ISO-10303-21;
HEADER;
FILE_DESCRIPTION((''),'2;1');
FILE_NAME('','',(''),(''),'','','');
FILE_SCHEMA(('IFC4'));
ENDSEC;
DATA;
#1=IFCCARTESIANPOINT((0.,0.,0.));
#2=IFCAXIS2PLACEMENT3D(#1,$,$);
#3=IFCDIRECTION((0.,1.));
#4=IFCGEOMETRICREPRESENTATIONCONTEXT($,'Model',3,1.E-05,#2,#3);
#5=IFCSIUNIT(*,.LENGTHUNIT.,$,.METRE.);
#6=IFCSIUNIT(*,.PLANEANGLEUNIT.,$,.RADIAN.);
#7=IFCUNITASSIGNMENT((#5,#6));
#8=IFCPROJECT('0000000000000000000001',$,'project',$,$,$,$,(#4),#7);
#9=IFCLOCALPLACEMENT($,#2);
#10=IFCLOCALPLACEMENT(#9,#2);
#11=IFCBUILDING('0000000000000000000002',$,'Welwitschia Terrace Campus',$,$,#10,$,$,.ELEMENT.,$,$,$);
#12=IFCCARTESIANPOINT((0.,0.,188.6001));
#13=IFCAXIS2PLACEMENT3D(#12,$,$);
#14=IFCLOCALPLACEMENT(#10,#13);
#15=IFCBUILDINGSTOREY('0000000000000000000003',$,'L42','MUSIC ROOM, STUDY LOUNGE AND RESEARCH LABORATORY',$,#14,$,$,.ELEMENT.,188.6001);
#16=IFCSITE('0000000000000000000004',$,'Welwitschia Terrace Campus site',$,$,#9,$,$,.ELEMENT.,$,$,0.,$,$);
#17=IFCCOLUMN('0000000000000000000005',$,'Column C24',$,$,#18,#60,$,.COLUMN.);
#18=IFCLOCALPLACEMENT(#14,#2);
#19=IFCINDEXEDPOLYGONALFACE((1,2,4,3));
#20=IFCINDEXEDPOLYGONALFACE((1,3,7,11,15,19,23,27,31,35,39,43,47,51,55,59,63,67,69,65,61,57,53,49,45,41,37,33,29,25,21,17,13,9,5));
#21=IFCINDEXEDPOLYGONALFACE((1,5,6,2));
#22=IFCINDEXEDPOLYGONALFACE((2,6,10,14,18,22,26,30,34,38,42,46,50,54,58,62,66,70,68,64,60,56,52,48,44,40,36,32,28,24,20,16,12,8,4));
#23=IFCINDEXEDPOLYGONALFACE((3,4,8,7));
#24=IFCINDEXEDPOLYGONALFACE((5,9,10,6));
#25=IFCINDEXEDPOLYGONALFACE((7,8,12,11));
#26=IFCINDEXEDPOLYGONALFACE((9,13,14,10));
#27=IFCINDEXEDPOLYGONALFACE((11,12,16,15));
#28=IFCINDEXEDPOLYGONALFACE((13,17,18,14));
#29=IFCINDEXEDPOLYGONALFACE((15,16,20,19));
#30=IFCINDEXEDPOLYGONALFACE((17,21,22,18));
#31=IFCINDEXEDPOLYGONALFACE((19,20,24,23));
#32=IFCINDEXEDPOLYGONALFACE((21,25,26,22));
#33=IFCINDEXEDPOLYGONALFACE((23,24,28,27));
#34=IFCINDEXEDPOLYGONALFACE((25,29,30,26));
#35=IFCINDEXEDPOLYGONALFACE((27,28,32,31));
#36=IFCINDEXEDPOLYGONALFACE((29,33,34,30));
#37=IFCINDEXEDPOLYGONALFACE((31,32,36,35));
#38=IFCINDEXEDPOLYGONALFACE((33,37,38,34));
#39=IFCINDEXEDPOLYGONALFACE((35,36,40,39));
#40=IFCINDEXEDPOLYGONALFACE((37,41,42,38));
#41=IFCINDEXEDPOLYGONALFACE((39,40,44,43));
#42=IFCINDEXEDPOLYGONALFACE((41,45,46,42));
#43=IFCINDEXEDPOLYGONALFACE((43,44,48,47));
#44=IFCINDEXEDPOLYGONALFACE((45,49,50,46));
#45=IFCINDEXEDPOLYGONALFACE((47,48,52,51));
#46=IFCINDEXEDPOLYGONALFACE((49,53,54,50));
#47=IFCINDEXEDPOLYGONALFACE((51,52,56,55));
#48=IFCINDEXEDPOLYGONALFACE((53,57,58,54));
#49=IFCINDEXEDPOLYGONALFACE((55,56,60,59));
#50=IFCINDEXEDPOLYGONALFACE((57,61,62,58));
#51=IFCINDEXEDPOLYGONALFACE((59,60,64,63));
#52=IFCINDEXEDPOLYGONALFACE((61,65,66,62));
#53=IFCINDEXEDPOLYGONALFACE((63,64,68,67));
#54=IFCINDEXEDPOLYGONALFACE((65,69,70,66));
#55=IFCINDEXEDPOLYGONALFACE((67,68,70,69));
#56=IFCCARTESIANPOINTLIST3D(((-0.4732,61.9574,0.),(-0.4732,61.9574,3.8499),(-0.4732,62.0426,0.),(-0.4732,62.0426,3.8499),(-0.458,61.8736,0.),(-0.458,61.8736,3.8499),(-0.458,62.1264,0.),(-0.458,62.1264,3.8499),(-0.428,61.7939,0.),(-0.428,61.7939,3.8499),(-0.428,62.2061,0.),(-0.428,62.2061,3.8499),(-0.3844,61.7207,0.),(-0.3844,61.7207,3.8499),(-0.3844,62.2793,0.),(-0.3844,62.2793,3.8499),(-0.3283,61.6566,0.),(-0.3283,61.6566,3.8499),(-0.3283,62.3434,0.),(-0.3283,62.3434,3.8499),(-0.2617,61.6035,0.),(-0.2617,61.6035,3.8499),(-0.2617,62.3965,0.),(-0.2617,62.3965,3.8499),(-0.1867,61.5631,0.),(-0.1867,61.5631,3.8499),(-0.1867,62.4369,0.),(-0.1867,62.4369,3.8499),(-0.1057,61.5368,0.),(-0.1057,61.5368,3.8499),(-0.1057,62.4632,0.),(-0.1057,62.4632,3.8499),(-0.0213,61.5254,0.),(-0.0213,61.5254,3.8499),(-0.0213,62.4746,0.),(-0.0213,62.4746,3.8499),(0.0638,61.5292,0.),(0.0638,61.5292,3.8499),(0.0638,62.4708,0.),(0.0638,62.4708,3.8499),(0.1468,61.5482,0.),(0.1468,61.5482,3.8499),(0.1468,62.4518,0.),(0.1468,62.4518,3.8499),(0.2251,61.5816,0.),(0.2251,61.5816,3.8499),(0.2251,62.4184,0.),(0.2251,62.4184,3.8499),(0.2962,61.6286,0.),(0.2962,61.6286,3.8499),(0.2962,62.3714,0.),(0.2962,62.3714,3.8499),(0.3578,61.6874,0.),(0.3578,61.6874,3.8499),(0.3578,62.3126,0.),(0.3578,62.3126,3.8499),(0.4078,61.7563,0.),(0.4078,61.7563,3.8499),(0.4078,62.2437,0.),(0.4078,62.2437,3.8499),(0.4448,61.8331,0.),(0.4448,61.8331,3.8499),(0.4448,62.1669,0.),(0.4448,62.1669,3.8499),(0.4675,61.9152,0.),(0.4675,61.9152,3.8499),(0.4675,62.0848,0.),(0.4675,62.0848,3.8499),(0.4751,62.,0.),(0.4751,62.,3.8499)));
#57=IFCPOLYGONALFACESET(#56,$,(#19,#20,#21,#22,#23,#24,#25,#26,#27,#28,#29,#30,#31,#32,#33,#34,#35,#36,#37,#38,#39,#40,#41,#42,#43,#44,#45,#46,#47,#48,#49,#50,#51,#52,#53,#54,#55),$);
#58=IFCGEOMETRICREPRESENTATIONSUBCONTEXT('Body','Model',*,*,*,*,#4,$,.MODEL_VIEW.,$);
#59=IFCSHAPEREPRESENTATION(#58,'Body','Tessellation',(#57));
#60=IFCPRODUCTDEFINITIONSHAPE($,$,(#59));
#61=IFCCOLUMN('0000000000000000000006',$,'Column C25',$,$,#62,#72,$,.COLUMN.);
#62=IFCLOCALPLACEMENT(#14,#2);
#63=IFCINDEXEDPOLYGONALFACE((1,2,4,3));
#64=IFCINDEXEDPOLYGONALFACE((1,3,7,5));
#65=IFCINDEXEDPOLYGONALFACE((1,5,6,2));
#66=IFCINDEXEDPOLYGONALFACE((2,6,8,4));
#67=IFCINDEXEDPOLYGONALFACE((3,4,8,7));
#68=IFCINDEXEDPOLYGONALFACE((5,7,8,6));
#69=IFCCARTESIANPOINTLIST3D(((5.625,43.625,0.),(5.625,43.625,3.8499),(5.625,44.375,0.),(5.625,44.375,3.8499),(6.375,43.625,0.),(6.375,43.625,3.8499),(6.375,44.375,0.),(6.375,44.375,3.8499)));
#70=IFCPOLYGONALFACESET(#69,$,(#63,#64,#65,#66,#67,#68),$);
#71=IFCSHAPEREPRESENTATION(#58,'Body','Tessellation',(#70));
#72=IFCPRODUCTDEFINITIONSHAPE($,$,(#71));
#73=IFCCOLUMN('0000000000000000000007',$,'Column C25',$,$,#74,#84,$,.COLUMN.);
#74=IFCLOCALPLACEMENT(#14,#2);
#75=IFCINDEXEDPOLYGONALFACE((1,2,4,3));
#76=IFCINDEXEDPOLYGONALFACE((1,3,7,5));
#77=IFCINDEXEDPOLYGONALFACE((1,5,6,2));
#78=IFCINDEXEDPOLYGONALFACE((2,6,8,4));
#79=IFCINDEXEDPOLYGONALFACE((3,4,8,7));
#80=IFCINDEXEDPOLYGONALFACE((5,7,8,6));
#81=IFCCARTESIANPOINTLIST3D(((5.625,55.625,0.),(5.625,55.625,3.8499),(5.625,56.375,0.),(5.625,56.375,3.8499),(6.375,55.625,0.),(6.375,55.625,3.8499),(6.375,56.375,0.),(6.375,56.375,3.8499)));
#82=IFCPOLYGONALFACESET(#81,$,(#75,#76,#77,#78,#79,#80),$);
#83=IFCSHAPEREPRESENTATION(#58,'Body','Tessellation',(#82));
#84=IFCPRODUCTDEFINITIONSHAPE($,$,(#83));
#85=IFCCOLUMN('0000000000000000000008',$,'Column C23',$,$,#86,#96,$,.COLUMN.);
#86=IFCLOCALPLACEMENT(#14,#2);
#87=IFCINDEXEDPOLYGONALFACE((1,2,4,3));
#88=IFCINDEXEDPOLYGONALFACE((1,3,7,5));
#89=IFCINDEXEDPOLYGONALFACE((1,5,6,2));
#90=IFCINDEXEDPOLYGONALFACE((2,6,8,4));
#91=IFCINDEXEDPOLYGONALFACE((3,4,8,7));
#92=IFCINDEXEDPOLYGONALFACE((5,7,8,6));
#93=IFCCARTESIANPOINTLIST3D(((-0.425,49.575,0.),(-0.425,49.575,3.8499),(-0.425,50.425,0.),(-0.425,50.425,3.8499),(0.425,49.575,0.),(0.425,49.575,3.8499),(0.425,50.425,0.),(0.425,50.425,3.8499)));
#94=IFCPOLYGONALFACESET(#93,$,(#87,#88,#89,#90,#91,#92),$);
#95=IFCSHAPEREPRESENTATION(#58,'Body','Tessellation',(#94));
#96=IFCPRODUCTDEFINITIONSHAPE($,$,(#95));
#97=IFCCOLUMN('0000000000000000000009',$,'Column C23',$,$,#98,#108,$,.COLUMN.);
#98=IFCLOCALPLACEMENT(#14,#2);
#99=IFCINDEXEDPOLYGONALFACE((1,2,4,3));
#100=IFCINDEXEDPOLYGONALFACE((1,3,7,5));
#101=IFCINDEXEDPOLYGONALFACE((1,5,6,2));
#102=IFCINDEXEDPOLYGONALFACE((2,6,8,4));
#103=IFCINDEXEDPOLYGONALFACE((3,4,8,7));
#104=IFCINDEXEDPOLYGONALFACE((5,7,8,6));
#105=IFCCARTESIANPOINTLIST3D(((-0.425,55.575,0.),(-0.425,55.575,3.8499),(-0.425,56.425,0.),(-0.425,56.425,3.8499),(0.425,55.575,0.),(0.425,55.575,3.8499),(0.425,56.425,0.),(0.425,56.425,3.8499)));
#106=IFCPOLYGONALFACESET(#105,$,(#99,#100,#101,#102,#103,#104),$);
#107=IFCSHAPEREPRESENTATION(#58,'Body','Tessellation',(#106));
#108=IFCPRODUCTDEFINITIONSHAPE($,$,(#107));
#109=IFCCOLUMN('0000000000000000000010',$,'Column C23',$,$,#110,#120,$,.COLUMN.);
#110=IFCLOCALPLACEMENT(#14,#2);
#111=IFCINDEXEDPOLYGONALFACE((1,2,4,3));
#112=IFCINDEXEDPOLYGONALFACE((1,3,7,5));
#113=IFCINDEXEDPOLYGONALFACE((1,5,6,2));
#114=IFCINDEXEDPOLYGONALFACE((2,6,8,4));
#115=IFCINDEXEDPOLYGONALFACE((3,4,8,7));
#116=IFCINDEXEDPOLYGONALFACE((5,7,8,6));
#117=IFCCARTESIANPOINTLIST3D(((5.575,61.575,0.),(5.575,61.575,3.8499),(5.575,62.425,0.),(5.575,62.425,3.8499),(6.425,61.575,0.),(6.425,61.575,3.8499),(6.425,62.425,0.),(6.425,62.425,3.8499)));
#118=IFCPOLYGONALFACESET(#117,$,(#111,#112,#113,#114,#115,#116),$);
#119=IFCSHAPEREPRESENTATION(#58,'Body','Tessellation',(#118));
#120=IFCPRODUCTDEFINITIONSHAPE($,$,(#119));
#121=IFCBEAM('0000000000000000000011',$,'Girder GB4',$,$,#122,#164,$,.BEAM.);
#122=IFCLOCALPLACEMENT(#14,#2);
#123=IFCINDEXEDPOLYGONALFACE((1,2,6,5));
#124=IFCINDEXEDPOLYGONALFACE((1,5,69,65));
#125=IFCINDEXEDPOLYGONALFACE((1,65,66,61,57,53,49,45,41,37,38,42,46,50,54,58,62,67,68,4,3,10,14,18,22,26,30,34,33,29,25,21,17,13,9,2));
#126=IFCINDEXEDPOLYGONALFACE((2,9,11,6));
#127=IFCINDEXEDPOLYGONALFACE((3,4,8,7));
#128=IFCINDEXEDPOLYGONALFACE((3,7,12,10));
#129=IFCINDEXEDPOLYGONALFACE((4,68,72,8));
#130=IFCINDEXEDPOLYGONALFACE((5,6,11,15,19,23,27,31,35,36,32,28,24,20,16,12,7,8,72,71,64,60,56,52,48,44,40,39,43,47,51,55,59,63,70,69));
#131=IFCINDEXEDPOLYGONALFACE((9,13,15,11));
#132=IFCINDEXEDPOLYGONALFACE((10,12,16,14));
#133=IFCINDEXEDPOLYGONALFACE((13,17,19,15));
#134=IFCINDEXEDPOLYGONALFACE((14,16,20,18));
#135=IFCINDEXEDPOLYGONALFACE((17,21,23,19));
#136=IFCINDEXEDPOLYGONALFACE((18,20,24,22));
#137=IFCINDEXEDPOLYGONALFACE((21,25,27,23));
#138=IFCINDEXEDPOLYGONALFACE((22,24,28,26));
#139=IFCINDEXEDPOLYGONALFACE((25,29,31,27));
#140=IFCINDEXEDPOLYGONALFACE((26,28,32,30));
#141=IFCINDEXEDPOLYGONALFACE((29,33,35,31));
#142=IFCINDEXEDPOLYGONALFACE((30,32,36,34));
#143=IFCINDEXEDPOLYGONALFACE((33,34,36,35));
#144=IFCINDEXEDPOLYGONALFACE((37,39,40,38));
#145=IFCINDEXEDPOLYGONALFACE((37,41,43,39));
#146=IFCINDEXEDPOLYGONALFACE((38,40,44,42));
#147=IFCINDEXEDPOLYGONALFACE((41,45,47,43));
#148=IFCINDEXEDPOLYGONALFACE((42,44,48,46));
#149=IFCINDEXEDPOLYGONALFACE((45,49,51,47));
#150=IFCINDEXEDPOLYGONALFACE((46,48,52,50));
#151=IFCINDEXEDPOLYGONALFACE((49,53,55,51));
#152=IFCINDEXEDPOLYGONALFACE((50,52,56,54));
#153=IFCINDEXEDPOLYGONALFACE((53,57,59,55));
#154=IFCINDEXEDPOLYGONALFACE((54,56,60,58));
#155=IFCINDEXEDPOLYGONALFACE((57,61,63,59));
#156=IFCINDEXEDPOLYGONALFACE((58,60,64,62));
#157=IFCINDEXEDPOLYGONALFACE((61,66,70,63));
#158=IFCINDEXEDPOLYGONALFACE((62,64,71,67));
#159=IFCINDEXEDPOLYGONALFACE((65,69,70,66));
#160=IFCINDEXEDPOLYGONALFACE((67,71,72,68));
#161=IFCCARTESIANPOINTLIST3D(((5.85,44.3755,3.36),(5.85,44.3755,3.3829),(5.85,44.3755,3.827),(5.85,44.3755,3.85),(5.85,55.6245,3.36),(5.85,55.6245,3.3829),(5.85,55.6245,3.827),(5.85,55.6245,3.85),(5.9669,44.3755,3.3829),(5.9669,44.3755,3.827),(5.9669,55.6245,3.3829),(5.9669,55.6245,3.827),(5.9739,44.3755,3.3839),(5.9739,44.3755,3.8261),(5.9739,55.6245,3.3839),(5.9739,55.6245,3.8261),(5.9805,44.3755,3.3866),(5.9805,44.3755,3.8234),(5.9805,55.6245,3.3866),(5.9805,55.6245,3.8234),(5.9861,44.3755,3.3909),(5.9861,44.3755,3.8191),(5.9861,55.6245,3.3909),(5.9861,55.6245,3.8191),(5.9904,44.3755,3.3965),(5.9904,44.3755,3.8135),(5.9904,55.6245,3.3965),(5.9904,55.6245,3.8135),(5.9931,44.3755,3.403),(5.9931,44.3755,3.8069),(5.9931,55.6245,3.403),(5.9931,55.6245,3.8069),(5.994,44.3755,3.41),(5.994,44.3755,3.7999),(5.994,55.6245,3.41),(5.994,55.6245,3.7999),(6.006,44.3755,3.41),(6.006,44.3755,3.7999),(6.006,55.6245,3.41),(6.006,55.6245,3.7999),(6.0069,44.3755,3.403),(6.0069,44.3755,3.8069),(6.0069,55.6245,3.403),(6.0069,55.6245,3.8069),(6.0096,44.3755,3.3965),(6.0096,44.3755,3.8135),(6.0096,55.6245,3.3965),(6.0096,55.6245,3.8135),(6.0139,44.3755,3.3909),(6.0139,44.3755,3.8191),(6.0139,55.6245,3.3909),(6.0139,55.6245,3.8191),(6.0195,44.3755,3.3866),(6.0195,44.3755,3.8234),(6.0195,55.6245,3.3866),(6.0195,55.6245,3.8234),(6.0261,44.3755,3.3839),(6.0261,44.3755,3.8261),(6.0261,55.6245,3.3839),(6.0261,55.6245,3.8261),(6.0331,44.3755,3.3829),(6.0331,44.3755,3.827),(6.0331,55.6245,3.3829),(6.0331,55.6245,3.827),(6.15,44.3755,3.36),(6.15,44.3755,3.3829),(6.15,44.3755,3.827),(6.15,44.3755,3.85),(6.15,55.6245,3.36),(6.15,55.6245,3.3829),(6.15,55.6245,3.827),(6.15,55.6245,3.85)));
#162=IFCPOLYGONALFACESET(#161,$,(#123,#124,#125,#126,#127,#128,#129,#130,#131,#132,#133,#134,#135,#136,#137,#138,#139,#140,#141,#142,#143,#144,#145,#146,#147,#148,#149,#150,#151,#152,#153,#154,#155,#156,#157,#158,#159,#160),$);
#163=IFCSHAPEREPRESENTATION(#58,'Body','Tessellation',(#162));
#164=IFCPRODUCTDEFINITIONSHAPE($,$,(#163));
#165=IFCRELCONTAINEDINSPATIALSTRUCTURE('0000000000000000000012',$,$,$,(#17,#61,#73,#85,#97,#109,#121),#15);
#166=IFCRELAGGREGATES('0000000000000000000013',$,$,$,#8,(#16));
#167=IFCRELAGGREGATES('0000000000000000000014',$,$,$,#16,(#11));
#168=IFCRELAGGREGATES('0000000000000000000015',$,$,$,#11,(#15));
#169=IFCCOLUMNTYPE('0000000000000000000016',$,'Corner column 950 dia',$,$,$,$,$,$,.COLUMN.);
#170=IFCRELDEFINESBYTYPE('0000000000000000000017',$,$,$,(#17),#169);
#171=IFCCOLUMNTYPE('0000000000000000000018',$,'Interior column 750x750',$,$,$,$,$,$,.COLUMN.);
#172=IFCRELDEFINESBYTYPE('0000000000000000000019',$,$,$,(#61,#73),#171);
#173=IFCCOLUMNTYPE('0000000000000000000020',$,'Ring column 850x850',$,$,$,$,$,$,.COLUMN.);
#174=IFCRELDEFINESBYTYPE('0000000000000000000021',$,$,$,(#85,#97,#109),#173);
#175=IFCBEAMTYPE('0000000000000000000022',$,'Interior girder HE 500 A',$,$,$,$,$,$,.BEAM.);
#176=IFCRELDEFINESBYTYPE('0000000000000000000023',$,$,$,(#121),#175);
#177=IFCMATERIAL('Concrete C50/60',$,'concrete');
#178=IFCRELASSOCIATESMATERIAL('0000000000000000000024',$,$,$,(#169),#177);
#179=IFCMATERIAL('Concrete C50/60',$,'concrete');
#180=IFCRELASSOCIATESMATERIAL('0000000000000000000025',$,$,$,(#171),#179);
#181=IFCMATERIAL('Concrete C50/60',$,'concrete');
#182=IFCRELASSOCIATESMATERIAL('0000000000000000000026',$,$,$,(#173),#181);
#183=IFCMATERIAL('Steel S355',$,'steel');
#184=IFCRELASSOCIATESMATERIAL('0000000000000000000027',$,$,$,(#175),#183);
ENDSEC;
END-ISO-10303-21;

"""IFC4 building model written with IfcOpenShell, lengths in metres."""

from ifc_helpers import new_model, si_unit, direction, frame, origin, origin_2d, place, context, subcontext, project, spatial, rectangle, circle, i_section, extrude, material, material_profile, profile_set, type_object, element, save


model = new_model("IFC4")

# Units and contexts
model_context = context("Model", 3, precision=1e-05, world=origin(), true_north=direction((0.0, 1.0)))
body_context = subcontext(model_context, "Body", "Model", "MODEL_VIEW")
ifc_project = project(units=[si_unit("LENGTHUNIT", "METRE"), si_unit("PLANEANGLEUNIT", "RADIAN")], contexts=[model_context])

# Site, building, storey
site_placement = place(None, origin())
site = spatial("IfcSite", under=ifc_project, at=site_placement, Name="Welwitschia Terrace Campus site", CompositionType="ELEMENT", RefElevation=0.0)
building_placement = place(site_placement, origin())
building = spatial("IfcBuilding", under=site, at=building_placement, Name="Welwitschia Terrace Campus", CompositionType="ELEMENT")
storey_placement = place(building_placement, frame((0.0, 0.0, 188.6001)))
storey = spatial("IfcBuildingStorey", under=building, at=storey_placement, Name="L42", Description="MUSIC ROOM, STUDY LOUNGE AND RESEARCH LABORATORY", CompositionType="ELEMENT", Elevation=188.6001)

# Columns
ifc_material_1 = material(Name="Concrete C50/60", Category="concrete")
ifc_material_profile_1 = material_profile(ifc_material_1, circle(Radius=0.4751, at=origin_2d()))
ifc_profile_set_1 = profile_set([ifc_material_profile_1], Name="Concrete C50/60")
column_type_1 = type_object("IfcColumnType", Name="Corner column 950 dia", PredefinedType="COLUMN", material=ifc_profile_set_1)
column_placement = place(storey_placement, frame((0.0, 62.0, 0.0), z_axis=(0.0, 0.0, 1.0), x_axis=(1.0, 0.0, 0.0)))
element("IfcColumn", 1, at=column_placement, inside=storey, type_object=column_type_1, Name="Column C24", PredefinedType="COLUMN", context=body_context, shape_type="SweptSolid", body=[
    extrude(circle(Radius=0.4751, at=origin_2d()), origin(), (0.0, 0.0, 1.0), 3.8499),
])
ifc_material_2 = material(Name="Concrete C50/60", Category="concrete")
ifc_material_profile_2 = material_profile(ifc_material_2, rectangle(XDim=0.75, YDim=0.75, at=origin_2d()))
ifc_profile_set_2 = profile_set([ifc_material_profile_2], Name="Concrete C50/60")
column_type_2 = type_object("IfcColumnType", Name="Interior column 750x750", PredefinedType="COLUMN", material=ifc_profile_set_2)
for number, where, z_axis, x_axis, name in (
    (2, (6.0, 44.0, 0.0), (0.0, 0.0, 1.0), (1.0, 0.0, 0.0), "Column C25"),
    (3, (6.0, 56.0, 0.0), (0.0, 0.0, 1.0), (1.0, 0.0, 0.0), "Column C25"),
):
    element("IfcColumn", number, at=place(storey_placement, frame(where, z_axis=z_axis, x_axis=x_axis)), inside=storey, type_object=column_type_2, Name=name, PredefinedType="COLUMN", context=body_context, shape_type="SweptSolid", body=[
        extrude(rectangle(XDim=0.75, YDim=0.75, at=origin_2d()), origin(), (0.0, 0.0, 1.0), 3.8499),
    ])
ifc_material_3 = material(Name="Concrete C50/60", Category="concrete")
ifc_material_profile_3 = material_profile(ifc_material_3, rectangle(XDim=0.8501, YDim=0.8501, at=origin_2d()))
ifc_profile_set_3 = profile_set([ifc_material_profile_3], Name="Concrete C50/60")
column_type_3 = type_object("IfcColumnType", Name="Ring column 850x850", PredefinedType="COLUMN", material=ifc_profile_set_3)
for number, where, z_axis, x_axis, name in (
    (4, (0.0, 50.0, 0.0), (0.0, 0.0, 1.0), (1.0, 0.0, 0.0), "Column C23"),
    (5, (0.0, 56.0, 0.0), (0.0, 0.0, 1.0), (1.0, 0.0, 0.0), "Column C23"),
    (6, (6.0, 62.0, 0.0), (0.0, 0.0, 1.0), (1.0, 0.0, 0.0), "Column C23"),
):
    element("IfcColumn", number, at=place(storey_placement, frame(where, z_axis=z_axis, x_axis=x_axis)), inside=storey, type_object=column_type_3, Name=name, PredefinedType="COLUMN", context=body_context, shape_type="SweptSolid", body=[
        extrude(rectangle(XDim=0.8501, YDim=0.8501, at=origin_2d()), origin(), (0.0, 0.0, 1.0), 3.8499),
    ])

# Beam
ifc_material_4 = material(Name="Steel S355", Category="steel")
ifc_material_profile_4 = material_profile(ifc_material_4, i_section(OverallWidth=0.3, OverallDepth=0.49, WebThickness=0.012, FlangeThickness=0.0229, FilletRadius=0.0271, at=origin_2d()))
ifc_profile_set_4 = profile_set([ifc_material_profile_4], Name="Steel S355")
beam_type_1 = type_object("IfcBeamType", Name="Interior girder HE 500 A", PredefinedType="BEAM", material=ifc_profile_set_4)
beam_1_placement = place(storey_placement, frame((6.0, 44.3755, 3.605), z_axis=(0.0, 1.0, 0.0), x_axis=(-1.0, 0.0, 0.0)))
element("IfcBeam", 7, at=beam_1_placement, inside=storey, type_object=beam_type_1, Name="Girder GB4", PredefinedType="BEAM", context=body_context, shape_type="SweptSolid", body=[
    extrude(i_section(OverallWidth=0.3, OverallDepth=0.49, WebThickness=0.012, FlangeThickness=0.0229, FilletRadius=0.0271, at=origin_2d()), origin(), (0.0, 0.0, 1.0), 11.249),
])

save(model, "model.ifc")
